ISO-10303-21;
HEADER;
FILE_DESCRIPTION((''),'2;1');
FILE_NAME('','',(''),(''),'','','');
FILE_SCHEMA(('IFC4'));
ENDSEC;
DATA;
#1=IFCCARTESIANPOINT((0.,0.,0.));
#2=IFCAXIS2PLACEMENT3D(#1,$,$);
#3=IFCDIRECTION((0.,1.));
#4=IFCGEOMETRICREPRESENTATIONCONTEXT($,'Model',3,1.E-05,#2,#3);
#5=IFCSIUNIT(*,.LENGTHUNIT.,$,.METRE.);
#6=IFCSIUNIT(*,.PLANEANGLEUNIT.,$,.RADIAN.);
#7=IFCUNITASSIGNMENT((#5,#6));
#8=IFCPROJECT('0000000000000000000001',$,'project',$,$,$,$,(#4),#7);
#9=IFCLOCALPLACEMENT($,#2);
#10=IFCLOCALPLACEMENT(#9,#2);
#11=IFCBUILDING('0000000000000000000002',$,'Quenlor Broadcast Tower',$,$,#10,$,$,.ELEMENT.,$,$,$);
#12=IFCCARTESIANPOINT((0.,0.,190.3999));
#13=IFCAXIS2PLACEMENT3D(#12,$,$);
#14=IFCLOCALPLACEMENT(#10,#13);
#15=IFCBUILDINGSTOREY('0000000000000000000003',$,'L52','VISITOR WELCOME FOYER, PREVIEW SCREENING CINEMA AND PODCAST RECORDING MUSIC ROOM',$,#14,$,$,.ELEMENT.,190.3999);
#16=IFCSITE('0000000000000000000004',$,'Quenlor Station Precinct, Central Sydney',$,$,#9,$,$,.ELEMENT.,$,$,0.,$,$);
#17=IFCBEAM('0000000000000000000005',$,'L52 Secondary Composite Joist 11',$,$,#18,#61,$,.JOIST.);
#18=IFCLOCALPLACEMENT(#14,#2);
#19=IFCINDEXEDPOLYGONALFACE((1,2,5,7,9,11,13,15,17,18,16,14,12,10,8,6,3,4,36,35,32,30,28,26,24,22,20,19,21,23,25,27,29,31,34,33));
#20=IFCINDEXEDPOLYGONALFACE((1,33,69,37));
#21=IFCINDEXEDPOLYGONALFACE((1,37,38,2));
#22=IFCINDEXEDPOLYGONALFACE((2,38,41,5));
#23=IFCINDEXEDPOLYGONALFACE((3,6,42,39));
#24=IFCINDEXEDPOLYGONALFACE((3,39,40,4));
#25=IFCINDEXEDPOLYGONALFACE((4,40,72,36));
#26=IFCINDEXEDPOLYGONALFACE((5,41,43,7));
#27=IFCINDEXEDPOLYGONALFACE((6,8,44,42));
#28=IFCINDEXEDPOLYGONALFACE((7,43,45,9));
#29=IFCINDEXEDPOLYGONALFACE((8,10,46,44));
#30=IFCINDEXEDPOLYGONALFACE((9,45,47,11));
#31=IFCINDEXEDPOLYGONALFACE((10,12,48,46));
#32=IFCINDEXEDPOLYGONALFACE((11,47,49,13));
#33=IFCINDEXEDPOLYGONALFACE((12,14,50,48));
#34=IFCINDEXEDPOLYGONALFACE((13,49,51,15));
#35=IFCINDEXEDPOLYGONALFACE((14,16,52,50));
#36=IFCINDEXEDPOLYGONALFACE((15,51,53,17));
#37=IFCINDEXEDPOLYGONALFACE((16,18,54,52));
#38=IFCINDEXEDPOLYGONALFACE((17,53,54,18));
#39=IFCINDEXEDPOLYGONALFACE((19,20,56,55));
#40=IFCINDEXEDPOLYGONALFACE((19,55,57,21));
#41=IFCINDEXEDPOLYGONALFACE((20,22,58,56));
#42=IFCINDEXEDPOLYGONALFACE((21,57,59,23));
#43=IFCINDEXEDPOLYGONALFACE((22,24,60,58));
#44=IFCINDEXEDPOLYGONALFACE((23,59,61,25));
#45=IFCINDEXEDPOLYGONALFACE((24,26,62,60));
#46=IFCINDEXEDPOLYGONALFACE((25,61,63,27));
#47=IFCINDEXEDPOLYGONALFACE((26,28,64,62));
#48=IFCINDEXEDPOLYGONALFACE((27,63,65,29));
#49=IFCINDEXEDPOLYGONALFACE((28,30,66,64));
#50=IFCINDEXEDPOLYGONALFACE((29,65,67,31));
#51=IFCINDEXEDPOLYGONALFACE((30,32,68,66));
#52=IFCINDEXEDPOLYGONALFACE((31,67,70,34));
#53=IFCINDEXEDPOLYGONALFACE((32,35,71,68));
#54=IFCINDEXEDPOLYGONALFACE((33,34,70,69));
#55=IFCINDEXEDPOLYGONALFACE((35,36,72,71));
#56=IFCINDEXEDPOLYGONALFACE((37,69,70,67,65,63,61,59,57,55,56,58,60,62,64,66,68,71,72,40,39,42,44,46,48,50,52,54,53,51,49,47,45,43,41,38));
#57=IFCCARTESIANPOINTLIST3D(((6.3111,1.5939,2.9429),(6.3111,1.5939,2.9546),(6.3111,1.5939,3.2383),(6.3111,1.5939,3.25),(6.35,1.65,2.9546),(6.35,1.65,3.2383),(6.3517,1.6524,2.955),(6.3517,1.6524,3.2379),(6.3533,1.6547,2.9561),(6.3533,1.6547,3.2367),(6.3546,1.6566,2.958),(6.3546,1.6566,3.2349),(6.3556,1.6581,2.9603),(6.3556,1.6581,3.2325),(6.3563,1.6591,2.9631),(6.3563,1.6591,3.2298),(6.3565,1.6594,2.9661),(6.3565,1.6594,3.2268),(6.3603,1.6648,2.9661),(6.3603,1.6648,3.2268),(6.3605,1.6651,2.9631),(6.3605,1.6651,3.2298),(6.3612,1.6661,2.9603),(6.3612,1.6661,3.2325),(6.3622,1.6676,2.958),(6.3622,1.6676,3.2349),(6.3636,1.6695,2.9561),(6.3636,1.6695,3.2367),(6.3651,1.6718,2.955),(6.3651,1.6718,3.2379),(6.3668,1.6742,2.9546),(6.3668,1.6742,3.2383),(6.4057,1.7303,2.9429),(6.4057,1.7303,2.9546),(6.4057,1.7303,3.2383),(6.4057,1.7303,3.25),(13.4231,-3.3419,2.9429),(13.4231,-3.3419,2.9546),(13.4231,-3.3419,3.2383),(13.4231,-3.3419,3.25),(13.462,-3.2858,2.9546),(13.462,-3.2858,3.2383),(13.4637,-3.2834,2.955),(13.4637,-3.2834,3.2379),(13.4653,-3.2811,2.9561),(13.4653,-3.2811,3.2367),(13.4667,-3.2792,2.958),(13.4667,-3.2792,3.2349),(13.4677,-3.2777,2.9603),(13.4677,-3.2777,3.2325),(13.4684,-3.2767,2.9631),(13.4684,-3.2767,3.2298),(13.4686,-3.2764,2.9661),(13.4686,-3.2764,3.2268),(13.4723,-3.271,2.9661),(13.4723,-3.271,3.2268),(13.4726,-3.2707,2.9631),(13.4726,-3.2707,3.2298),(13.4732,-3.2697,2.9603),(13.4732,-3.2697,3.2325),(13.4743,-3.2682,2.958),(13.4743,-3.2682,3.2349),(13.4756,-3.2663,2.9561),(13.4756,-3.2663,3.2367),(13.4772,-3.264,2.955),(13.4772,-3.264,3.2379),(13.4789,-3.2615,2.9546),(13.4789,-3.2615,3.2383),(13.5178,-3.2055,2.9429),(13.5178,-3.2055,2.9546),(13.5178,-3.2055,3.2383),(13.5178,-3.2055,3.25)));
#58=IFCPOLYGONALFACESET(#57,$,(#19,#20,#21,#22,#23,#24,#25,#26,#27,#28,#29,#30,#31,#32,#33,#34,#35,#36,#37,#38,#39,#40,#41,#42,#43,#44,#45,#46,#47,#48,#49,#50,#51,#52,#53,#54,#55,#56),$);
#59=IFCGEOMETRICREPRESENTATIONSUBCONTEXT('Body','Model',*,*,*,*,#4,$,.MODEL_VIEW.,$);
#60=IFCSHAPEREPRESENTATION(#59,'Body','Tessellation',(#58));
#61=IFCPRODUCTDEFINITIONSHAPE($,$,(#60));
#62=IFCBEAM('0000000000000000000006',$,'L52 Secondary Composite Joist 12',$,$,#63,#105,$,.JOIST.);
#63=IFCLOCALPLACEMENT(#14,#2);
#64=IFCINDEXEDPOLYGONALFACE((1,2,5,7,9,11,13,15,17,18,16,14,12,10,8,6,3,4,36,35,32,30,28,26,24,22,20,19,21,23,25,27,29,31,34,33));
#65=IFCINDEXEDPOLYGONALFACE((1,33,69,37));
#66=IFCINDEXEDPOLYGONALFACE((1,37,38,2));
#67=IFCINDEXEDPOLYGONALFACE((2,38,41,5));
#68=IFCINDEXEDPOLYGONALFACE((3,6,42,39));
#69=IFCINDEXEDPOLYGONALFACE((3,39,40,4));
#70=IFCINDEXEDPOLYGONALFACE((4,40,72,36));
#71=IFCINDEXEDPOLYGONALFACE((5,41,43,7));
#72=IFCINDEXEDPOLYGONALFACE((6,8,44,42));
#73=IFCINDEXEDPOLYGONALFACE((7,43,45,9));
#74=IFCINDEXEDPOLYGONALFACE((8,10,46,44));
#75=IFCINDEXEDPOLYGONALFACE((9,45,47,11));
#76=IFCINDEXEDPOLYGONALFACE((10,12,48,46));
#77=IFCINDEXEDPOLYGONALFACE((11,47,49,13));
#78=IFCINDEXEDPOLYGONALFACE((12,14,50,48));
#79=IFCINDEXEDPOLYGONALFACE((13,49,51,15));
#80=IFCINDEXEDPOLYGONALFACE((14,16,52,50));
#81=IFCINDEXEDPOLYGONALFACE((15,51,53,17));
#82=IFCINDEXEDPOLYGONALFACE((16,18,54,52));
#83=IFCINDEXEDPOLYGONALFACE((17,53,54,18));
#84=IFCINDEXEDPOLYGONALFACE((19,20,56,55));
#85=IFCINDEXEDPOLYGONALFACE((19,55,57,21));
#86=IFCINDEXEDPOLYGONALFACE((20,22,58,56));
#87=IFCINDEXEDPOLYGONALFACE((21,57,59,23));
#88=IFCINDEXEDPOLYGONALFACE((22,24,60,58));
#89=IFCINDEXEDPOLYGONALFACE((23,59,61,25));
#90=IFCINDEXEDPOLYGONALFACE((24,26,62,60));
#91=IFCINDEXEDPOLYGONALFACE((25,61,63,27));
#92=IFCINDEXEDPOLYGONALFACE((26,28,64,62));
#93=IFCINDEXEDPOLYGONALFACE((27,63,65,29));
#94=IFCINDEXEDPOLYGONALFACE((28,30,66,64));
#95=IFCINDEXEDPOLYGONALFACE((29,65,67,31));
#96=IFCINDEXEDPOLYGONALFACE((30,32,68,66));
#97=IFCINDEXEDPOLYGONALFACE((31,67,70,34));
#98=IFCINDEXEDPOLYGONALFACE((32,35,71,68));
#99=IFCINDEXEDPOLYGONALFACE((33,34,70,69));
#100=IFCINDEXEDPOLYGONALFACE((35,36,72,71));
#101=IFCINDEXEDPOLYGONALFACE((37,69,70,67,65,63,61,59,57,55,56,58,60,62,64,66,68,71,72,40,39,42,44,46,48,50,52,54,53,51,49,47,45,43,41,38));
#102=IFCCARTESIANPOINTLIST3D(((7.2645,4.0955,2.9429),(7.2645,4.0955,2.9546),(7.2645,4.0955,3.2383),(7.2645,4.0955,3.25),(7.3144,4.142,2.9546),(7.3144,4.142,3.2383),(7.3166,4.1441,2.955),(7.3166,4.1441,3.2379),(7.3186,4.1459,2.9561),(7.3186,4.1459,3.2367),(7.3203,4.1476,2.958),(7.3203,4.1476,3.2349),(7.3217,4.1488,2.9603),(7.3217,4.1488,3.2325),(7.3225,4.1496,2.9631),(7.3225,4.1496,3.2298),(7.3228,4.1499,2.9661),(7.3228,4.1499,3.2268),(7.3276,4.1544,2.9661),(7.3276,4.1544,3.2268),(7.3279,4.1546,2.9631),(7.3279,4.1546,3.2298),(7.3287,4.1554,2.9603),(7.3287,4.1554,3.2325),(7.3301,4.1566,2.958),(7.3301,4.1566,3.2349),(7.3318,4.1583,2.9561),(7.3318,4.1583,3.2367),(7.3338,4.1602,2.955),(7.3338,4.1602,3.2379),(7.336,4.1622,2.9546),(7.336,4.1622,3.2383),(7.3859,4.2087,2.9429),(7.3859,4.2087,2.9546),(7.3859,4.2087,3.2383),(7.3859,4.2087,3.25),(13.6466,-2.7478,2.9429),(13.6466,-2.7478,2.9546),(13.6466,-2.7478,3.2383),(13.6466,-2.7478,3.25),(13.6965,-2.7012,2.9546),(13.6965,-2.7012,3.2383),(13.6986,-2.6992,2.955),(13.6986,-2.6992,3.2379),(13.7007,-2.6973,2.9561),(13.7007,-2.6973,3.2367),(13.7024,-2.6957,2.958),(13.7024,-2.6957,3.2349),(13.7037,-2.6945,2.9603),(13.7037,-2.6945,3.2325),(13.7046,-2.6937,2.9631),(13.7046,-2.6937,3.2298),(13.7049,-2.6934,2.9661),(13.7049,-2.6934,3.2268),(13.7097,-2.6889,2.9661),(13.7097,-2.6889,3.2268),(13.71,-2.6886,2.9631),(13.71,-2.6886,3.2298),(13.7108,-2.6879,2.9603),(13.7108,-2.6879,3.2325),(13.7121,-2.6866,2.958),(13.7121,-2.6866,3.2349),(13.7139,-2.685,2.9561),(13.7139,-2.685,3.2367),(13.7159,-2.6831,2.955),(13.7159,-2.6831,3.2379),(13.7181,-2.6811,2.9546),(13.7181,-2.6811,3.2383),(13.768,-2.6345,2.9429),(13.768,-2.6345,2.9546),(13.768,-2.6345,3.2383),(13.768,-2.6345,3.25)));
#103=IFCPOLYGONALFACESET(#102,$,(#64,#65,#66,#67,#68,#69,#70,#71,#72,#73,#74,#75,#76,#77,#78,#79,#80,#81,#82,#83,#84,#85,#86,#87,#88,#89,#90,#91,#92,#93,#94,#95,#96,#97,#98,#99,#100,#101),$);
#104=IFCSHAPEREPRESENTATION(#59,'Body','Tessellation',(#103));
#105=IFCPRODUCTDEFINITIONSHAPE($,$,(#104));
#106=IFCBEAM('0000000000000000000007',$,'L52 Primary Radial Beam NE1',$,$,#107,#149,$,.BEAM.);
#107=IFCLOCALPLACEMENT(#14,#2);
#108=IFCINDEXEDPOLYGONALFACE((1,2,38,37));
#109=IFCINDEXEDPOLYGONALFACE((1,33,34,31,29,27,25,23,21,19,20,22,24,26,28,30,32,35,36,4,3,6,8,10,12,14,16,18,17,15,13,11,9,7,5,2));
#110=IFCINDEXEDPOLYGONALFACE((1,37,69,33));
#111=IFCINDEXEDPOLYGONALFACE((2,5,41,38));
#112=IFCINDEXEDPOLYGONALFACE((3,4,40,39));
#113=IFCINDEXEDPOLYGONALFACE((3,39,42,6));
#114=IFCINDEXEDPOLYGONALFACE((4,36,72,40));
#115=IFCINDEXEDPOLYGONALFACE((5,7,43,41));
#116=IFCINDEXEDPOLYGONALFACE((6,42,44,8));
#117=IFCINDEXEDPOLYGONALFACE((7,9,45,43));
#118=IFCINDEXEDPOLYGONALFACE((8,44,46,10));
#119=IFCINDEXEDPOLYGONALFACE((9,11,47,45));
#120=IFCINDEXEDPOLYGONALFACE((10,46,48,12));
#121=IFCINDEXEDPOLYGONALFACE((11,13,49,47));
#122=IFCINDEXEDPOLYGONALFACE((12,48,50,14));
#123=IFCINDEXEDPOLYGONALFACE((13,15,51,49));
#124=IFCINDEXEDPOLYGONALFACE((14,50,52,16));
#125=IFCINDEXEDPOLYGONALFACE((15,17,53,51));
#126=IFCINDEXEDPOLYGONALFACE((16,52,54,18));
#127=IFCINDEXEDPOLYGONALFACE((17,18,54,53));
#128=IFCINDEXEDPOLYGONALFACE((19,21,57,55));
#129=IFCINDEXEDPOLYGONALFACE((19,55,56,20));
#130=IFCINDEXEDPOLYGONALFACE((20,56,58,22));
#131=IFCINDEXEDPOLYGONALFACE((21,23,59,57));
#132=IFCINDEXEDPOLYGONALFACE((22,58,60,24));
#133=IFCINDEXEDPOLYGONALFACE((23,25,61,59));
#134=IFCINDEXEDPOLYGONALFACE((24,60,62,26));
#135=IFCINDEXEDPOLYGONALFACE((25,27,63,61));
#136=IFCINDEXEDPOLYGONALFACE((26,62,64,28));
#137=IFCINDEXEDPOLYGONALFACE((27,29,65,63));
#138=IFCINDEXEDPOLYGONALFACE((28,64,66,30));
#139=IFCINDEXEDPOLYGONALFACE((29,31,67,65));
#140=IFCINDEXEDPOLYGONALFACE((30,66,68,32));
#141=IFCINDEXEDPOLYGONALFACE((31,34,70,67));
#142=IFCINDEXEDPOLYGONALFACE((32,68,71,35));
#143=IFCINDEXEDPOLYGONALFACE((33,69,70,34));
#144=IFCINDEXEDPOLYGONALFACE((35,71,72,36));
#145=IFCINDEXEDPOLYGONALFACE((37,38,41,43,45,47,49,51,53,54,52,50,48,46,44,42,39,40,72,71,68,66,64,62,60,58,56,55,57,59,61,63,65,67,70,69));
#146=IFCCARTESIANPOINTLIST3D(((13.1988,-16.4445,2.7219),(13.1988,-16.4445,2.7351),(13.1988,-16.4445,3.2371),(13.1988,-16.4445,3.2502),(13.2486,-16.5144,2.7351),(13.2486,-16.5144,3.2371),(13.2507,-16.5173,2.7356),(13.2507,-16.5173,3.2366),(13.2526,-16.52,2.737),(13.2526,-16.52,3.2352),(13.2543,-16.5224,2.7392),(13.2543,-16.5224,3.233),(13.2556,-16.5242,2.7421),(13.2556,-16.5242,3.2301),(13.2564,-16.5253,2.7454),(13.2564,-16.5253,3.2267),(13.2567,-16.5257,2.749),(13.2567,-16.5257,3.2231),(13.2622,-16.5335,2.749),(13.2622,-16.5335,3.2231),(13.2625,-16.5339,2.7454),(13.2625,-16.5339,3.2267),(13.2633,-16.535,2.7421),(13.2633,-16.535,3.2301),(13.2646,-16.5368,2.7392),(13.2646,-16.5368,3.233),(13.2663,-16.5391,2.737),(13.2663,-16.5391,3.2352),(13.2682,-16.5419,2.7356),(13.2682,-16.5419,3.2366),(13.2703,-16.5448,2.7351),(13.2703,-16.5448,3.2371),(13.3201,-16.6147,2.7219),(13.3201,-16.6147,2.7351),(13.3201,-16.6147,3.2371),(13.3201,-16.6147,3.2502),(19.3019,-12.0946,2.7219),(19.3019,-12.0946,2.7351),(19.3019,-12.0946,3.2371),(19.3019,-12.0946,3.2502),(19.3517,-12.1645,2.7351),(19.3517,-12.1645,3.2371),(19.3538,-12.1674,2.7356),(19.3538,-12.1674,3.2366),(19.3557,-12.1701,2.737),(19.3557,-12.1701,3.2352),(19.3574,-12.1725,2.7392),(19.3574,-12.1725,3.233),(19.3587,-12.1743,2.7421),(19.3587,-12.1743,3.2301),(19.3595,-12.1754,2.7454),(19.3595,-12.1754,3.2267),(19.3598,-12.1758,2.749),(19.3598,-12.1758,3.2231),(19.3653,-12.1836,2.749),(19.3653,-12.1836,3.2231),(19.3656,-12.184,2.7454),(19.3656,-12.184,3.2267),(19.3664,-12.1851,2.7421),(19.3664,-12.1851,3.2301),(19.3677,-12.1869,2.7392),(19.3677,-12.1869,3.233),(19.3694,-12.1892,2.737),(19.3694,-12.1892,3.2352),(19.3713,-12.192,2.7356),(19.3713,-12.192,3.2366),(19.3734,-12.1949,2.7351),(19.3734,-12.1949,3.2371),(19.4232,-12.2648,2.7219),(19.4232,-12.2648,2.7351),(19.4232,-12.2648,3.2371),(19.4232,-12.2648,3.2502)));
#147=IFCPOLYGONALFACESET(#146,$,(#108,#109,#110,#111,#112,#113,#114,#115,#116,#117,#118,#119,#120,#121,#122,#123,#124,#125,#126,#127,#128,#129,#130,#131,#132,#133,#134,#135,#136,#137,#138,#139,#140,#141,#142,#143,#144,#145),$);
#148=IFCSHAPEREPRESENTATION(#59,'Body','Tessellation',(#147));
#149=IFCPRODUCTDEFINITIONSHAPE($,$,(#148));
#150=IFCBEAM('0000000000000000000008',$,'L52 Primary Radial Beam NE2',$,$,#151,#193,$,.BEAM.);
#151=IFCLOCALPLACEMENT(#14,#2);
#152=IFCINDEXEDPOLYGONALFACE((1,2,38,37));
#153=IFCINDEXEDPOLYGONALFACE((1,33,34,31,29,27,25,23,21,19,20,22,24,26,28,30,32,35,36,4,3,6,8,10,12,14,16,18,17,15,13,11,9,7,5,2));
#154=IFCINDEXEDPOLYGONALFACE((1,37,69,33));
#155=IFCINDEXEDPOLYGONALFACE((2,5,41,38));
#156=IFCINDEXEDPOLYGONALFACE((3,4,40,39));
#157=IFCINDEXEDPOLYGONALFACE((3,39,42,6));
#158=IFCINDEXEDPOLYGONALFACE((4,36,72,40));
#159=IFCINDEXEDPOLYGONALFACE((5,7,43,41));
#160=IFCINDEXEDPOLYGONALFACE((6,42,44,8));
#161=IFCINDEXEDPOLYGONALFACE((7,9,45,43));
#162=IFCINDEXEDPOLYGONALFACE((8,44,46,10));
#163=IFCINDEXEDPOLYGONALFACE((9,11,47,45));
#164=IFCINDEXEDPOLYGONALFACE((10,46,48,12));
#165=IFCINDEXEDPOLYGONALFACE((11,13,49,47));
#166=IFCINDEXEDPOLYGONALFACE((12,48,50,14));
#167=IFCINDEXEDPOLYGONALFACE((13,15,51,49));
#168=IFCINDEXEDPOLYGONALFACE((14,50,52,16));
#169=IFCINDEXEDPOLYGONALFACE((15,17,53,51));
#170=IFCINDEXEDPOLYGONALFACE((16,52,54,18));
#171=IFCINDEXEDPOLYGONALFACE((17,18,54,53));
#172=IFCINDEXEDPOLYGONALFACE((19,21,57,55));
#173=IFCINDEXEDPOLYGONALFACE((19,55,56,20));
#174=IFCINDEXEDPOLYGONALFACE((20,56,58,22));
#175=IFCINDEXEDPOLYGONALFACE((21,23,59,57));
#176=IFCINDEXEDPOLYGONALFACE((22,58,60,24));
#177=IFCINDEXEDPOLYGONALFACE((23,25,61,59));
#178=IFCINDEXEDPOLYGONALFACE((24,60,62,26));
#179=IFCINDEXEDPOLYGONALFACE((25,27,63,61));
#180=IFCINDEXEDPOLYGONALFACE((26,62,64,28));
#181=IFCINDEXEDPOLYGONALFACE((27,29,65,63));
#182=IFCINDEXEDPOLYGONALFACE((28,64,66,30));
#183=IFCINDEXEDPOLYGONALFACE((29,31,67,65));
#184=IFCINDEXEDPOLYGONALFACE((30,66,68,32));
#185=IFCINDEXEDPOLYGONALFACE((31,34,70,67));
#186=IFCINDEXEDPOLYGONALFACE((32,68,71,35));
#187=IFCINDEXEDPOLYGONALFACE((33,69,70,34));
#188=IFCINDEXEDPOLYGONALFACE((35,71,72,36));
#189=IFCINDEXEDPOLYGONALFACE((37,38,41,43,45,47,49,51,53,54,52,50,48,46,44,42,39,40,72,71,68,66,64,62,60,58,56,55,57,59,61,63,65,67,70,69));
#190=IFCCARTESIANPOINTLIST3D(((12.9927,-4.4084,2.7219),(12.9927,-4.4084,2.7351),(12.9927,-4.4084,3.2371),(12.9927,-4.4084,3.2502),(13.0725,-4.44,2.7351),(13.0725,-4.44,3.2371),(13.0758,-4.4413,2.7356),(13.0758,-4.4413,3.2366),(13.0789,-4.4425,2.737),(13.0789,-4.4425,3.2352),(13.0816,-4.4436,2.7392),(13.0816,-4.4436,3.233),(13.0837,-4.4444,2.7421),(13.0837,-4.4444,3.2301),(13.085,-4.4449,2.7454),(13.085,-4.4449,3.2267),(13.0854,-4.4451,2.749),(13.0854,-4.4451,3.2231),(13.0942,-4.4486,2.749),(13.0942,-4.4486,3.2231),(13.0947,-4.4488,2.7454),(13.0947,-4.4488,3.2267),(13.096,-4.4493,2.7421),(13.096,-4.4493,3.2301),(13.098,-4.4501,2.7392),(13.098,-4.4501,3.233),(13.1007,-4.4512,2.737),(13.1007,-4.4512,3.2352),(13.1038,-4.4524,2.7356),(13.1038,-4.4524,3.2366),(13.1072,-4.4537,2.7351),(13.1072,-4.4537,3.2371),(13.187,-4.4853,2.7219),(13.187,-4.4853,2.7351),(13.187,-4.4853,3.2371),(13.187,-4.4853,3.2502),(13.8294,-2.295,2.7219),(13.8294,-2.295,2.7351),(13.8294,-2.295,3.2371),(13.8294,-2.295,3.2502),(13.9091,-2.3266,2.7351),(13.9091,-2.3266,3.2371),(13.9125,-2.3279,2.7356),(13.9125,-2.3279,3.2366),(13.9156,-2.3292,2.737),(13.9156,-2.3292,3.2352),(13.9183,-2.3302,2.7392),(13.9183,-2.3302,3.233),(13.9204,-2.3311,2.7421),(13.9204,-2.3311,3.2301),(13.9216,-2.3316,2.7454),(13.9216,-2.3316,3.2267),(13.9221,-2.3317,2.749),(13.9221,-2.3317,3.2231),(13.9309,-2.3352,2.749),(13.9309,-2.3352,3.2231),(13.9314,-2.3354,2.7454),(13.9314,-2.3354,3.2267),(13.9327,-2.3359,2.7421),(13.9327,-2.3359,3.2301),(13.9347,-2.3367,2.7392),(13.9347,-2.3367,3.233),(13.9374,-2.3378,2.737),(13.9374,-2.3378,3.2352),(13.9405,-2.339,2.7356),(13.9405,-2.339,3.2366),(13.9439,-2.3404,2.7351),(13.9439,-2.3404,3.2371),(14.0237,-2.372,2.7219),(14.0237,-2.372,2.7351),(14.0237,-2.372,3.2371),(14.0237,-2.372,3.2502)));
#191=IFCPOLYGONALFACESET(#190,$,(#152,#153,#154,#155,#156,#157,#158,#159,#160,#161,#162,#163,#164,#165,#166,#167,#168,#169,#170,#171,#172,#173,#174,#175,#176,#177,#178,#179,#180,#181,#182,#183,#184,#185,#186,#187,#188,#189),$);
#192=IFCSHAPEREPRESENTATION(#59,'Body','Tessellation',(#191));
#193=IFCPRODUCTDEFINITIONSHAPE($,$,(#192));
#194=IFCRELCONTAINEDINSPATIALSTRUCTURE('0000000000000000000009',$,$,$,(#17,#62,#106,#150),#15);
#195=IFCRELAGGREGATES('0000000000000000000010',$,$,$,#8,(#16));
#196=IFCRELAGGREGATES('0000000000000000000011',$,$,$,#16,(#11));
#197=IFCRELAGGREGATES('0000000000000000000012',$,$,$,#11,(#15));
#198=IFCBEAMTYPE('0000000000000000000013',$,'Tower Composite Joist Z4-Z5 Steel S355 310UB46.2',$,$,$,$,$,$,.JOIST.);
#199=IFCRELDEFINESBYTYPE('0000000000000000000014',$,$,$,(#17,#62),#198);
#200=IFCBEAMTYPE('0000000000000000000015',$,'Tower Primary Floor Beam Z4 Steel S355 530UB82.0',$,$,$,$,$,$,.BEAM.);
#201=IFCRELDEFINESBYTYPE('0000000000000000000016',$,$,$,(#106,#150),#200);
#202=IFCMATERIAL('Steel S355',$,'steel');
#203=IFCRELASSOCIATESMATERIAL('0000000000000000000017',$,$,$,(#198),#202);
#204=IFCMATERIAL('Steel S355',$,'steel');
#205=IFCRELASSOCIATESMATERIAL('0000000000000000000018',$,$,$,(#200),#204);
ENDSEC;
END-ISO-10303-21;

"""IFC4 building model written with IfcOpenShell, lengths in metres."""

from ifc_helpers import new_model, si_unit, direction, frame, origin, origin_2d, place, context, subcontext, project, spatial, i_section, extrude, material, material_profile, profile_set, type_object, element, save


model = new_model("IFC4")

# Units and contexts
model_context = context("Model", 3, precision=1e-05, world=origin(), true_north=direction((0.0, 1.0)))
body_context = subcontext(model_context, "Body", "Model", "MODEL_VIEW")
ifc_project = project(units=[si_unit("LENGTHUNIT", "METRE"), si_unit("PLANEANGLEUNIT", "RADIAN")], contexts=[model_context])

# Site, building, storey
site_placement = place(None, origin())
site = spatial("IfcSite", under=ifc_project, at=site_placement, Name="Quenlor Station Precinct, Central Sydney", CompositionType="ELEMENT", RefElevation=0.0)
building_placement = place(site_placement, origin())
building = spatial("IfcBuilding", under=site, at=building_placement, Name="Quenlor Broadcast Tower", CompositionType="ELEMENT")
storey_placement = place(building_placement, frame((0.0, 0.0, 190.3999)))
storey = spatial("IfcBuildingStorey", under=building, at=storey_placement, Name="L52", Description="VISITOR WELCOME FOYER, PREVIEW SCREENING CINEMA AND PODCAST RECORDING MUSIC ROOM", CompositionType="ELEMENT", Elevation=190.3999)

# Beams
ifc_material_1 = material(Name="Steel S355", Category="steel")
ifc_material_profile_1 = material_profile(ifc_material_1, i_section(OverallWidth=0.166, OverallDepth=0.3071, WebThickness=0.0066, FlangeThickness=0.0117, FilletRadius=0.0115, at=origin_2d()))
ifc_profile_set_1 = profile_set([ifc_material_profile_1], Name="Steel S355 310UB46.2")
beam_type_1 = type_object("IfcBeamType", Name="Tower Composite Joist Z4-Z5 Steel S355 310UB46.2", PredefinedType="JOIST", material=ifc_profile_set_1)
beam_1_placement = place(storey_placement, frame((13.4705, -3.2737, 3.0964), z_axis=(-0.82154, 0.570151, 0.0), x_axis=(-0.570151, -0.82154, 0.0)))
element("IfcBeam", 1, at=beam_1_placement, inside=storey, type_object=beam_type_1, Name="L52 Secondary Composite Joist 11", PredefinedType="JOIST", context=body_context, shape_type="SweptSolid", body=[
    extrude(i_section(OverallWidth=0.166, OverallDepth=0.3071, WebThickness=0.0066, FlangeThickness=0.0117, FilletRadius=0.0115, at=origin_2d()), origin(), (0.0, 0.0, 1.0), 8.657),
])
beam_2_placement = place(storey_placement, frame((13.7073, -2.6912, 3.0964), z_axis=(-0.682035, 0.73132, 0.0), x_axis=(-0.73132, -0.682035, 0.0)))
element("IfcBeam", 2, at=beam_2_placement, inside=storey, type_object=beam_type_1, Name="L52 Secondary Composite Joist 12", PredefinedType="JOIST", context=body_context, shape_type="SweptSolid", body=[
    extrude(i_section(OverallWidth=0.166, OverallDepth=0.3071, WebThickness=0.0066, FlangeThickness=0.0117, FilletRadius=0.0115, at=origin_2d()), origin(), (0.0, 0.0, 1.0), 9.3574),
])
ifc_material_2 = material(Name="Steel S355", Category="steel")
ifc_material_profile_2 = material_profile(ifc_material_2, i_section(OverallWidth=0.209, OverallDepth=0.5283, WebThickness=0.0095, FlangeThickness=0.0132, FilletRadius=0.0139, at=origin_2d()))
ifc_profile_set_2 = profile_set([ifc_material_profile_2], Name="Steel S355 530UB82.0")
beam_type_2 = type_object("IfcBeamType", Name="Tower Primary Floor Beam Z4 Steel S355 530UB82.0", PredefinedType="BEAM", material=ifc_profile_set_2)
beam_3_placement = place(storey_placement, frame((19.3625, -12.1797, 2.9861), z_axis=(-0.81433, -0.580403, 0.0), x_axis=(0.580403, -0.81433, 0.0)))
element("IfcBeam", 3, at=beam_3_placement, inside=storey, type_object=beam_type_2, Name="L52 Primary Radial Beam NE1", PredefinedType="BEAM", context=body_context, shape_type="SweptSolid", body=[
    extrude(i_section(OverallWidth=0.209, OverallDepth=0.5283, WebThickness=0.0095, FlangeThickness=0.0132, FilletRadius=0.0139, at=origin_2d()), origin(), (0.0, 0.0, 1.0), 7.4946),
])
beam_4_placement = place(storey_placement, frame((13.9265, -2.3335, 2.9861), z_axis=(-0.36811, -0.929782, 0.0), x_axis=(0.929782, -0.36811, 0.0)))
element("IfcBeam", 4, at=beam_4_placement, inside=storey, type_object=beam_type_2, Name="L52 Primary Radial Beam NE2", PredefinedType="BEAM", context=body_context, shape_type="SweptSolid", body=[
    extrude(i_section(OverallWidth=0.209, OverallDepth=0.5283, WebThickness=0.0095, FlangeThickness=0.0132, FilletRadius=0.0139, at=origin_2d()), origin(), (0.0, 0.0, 1.0), 2.2729),
])

save(model, "model.ifc")
